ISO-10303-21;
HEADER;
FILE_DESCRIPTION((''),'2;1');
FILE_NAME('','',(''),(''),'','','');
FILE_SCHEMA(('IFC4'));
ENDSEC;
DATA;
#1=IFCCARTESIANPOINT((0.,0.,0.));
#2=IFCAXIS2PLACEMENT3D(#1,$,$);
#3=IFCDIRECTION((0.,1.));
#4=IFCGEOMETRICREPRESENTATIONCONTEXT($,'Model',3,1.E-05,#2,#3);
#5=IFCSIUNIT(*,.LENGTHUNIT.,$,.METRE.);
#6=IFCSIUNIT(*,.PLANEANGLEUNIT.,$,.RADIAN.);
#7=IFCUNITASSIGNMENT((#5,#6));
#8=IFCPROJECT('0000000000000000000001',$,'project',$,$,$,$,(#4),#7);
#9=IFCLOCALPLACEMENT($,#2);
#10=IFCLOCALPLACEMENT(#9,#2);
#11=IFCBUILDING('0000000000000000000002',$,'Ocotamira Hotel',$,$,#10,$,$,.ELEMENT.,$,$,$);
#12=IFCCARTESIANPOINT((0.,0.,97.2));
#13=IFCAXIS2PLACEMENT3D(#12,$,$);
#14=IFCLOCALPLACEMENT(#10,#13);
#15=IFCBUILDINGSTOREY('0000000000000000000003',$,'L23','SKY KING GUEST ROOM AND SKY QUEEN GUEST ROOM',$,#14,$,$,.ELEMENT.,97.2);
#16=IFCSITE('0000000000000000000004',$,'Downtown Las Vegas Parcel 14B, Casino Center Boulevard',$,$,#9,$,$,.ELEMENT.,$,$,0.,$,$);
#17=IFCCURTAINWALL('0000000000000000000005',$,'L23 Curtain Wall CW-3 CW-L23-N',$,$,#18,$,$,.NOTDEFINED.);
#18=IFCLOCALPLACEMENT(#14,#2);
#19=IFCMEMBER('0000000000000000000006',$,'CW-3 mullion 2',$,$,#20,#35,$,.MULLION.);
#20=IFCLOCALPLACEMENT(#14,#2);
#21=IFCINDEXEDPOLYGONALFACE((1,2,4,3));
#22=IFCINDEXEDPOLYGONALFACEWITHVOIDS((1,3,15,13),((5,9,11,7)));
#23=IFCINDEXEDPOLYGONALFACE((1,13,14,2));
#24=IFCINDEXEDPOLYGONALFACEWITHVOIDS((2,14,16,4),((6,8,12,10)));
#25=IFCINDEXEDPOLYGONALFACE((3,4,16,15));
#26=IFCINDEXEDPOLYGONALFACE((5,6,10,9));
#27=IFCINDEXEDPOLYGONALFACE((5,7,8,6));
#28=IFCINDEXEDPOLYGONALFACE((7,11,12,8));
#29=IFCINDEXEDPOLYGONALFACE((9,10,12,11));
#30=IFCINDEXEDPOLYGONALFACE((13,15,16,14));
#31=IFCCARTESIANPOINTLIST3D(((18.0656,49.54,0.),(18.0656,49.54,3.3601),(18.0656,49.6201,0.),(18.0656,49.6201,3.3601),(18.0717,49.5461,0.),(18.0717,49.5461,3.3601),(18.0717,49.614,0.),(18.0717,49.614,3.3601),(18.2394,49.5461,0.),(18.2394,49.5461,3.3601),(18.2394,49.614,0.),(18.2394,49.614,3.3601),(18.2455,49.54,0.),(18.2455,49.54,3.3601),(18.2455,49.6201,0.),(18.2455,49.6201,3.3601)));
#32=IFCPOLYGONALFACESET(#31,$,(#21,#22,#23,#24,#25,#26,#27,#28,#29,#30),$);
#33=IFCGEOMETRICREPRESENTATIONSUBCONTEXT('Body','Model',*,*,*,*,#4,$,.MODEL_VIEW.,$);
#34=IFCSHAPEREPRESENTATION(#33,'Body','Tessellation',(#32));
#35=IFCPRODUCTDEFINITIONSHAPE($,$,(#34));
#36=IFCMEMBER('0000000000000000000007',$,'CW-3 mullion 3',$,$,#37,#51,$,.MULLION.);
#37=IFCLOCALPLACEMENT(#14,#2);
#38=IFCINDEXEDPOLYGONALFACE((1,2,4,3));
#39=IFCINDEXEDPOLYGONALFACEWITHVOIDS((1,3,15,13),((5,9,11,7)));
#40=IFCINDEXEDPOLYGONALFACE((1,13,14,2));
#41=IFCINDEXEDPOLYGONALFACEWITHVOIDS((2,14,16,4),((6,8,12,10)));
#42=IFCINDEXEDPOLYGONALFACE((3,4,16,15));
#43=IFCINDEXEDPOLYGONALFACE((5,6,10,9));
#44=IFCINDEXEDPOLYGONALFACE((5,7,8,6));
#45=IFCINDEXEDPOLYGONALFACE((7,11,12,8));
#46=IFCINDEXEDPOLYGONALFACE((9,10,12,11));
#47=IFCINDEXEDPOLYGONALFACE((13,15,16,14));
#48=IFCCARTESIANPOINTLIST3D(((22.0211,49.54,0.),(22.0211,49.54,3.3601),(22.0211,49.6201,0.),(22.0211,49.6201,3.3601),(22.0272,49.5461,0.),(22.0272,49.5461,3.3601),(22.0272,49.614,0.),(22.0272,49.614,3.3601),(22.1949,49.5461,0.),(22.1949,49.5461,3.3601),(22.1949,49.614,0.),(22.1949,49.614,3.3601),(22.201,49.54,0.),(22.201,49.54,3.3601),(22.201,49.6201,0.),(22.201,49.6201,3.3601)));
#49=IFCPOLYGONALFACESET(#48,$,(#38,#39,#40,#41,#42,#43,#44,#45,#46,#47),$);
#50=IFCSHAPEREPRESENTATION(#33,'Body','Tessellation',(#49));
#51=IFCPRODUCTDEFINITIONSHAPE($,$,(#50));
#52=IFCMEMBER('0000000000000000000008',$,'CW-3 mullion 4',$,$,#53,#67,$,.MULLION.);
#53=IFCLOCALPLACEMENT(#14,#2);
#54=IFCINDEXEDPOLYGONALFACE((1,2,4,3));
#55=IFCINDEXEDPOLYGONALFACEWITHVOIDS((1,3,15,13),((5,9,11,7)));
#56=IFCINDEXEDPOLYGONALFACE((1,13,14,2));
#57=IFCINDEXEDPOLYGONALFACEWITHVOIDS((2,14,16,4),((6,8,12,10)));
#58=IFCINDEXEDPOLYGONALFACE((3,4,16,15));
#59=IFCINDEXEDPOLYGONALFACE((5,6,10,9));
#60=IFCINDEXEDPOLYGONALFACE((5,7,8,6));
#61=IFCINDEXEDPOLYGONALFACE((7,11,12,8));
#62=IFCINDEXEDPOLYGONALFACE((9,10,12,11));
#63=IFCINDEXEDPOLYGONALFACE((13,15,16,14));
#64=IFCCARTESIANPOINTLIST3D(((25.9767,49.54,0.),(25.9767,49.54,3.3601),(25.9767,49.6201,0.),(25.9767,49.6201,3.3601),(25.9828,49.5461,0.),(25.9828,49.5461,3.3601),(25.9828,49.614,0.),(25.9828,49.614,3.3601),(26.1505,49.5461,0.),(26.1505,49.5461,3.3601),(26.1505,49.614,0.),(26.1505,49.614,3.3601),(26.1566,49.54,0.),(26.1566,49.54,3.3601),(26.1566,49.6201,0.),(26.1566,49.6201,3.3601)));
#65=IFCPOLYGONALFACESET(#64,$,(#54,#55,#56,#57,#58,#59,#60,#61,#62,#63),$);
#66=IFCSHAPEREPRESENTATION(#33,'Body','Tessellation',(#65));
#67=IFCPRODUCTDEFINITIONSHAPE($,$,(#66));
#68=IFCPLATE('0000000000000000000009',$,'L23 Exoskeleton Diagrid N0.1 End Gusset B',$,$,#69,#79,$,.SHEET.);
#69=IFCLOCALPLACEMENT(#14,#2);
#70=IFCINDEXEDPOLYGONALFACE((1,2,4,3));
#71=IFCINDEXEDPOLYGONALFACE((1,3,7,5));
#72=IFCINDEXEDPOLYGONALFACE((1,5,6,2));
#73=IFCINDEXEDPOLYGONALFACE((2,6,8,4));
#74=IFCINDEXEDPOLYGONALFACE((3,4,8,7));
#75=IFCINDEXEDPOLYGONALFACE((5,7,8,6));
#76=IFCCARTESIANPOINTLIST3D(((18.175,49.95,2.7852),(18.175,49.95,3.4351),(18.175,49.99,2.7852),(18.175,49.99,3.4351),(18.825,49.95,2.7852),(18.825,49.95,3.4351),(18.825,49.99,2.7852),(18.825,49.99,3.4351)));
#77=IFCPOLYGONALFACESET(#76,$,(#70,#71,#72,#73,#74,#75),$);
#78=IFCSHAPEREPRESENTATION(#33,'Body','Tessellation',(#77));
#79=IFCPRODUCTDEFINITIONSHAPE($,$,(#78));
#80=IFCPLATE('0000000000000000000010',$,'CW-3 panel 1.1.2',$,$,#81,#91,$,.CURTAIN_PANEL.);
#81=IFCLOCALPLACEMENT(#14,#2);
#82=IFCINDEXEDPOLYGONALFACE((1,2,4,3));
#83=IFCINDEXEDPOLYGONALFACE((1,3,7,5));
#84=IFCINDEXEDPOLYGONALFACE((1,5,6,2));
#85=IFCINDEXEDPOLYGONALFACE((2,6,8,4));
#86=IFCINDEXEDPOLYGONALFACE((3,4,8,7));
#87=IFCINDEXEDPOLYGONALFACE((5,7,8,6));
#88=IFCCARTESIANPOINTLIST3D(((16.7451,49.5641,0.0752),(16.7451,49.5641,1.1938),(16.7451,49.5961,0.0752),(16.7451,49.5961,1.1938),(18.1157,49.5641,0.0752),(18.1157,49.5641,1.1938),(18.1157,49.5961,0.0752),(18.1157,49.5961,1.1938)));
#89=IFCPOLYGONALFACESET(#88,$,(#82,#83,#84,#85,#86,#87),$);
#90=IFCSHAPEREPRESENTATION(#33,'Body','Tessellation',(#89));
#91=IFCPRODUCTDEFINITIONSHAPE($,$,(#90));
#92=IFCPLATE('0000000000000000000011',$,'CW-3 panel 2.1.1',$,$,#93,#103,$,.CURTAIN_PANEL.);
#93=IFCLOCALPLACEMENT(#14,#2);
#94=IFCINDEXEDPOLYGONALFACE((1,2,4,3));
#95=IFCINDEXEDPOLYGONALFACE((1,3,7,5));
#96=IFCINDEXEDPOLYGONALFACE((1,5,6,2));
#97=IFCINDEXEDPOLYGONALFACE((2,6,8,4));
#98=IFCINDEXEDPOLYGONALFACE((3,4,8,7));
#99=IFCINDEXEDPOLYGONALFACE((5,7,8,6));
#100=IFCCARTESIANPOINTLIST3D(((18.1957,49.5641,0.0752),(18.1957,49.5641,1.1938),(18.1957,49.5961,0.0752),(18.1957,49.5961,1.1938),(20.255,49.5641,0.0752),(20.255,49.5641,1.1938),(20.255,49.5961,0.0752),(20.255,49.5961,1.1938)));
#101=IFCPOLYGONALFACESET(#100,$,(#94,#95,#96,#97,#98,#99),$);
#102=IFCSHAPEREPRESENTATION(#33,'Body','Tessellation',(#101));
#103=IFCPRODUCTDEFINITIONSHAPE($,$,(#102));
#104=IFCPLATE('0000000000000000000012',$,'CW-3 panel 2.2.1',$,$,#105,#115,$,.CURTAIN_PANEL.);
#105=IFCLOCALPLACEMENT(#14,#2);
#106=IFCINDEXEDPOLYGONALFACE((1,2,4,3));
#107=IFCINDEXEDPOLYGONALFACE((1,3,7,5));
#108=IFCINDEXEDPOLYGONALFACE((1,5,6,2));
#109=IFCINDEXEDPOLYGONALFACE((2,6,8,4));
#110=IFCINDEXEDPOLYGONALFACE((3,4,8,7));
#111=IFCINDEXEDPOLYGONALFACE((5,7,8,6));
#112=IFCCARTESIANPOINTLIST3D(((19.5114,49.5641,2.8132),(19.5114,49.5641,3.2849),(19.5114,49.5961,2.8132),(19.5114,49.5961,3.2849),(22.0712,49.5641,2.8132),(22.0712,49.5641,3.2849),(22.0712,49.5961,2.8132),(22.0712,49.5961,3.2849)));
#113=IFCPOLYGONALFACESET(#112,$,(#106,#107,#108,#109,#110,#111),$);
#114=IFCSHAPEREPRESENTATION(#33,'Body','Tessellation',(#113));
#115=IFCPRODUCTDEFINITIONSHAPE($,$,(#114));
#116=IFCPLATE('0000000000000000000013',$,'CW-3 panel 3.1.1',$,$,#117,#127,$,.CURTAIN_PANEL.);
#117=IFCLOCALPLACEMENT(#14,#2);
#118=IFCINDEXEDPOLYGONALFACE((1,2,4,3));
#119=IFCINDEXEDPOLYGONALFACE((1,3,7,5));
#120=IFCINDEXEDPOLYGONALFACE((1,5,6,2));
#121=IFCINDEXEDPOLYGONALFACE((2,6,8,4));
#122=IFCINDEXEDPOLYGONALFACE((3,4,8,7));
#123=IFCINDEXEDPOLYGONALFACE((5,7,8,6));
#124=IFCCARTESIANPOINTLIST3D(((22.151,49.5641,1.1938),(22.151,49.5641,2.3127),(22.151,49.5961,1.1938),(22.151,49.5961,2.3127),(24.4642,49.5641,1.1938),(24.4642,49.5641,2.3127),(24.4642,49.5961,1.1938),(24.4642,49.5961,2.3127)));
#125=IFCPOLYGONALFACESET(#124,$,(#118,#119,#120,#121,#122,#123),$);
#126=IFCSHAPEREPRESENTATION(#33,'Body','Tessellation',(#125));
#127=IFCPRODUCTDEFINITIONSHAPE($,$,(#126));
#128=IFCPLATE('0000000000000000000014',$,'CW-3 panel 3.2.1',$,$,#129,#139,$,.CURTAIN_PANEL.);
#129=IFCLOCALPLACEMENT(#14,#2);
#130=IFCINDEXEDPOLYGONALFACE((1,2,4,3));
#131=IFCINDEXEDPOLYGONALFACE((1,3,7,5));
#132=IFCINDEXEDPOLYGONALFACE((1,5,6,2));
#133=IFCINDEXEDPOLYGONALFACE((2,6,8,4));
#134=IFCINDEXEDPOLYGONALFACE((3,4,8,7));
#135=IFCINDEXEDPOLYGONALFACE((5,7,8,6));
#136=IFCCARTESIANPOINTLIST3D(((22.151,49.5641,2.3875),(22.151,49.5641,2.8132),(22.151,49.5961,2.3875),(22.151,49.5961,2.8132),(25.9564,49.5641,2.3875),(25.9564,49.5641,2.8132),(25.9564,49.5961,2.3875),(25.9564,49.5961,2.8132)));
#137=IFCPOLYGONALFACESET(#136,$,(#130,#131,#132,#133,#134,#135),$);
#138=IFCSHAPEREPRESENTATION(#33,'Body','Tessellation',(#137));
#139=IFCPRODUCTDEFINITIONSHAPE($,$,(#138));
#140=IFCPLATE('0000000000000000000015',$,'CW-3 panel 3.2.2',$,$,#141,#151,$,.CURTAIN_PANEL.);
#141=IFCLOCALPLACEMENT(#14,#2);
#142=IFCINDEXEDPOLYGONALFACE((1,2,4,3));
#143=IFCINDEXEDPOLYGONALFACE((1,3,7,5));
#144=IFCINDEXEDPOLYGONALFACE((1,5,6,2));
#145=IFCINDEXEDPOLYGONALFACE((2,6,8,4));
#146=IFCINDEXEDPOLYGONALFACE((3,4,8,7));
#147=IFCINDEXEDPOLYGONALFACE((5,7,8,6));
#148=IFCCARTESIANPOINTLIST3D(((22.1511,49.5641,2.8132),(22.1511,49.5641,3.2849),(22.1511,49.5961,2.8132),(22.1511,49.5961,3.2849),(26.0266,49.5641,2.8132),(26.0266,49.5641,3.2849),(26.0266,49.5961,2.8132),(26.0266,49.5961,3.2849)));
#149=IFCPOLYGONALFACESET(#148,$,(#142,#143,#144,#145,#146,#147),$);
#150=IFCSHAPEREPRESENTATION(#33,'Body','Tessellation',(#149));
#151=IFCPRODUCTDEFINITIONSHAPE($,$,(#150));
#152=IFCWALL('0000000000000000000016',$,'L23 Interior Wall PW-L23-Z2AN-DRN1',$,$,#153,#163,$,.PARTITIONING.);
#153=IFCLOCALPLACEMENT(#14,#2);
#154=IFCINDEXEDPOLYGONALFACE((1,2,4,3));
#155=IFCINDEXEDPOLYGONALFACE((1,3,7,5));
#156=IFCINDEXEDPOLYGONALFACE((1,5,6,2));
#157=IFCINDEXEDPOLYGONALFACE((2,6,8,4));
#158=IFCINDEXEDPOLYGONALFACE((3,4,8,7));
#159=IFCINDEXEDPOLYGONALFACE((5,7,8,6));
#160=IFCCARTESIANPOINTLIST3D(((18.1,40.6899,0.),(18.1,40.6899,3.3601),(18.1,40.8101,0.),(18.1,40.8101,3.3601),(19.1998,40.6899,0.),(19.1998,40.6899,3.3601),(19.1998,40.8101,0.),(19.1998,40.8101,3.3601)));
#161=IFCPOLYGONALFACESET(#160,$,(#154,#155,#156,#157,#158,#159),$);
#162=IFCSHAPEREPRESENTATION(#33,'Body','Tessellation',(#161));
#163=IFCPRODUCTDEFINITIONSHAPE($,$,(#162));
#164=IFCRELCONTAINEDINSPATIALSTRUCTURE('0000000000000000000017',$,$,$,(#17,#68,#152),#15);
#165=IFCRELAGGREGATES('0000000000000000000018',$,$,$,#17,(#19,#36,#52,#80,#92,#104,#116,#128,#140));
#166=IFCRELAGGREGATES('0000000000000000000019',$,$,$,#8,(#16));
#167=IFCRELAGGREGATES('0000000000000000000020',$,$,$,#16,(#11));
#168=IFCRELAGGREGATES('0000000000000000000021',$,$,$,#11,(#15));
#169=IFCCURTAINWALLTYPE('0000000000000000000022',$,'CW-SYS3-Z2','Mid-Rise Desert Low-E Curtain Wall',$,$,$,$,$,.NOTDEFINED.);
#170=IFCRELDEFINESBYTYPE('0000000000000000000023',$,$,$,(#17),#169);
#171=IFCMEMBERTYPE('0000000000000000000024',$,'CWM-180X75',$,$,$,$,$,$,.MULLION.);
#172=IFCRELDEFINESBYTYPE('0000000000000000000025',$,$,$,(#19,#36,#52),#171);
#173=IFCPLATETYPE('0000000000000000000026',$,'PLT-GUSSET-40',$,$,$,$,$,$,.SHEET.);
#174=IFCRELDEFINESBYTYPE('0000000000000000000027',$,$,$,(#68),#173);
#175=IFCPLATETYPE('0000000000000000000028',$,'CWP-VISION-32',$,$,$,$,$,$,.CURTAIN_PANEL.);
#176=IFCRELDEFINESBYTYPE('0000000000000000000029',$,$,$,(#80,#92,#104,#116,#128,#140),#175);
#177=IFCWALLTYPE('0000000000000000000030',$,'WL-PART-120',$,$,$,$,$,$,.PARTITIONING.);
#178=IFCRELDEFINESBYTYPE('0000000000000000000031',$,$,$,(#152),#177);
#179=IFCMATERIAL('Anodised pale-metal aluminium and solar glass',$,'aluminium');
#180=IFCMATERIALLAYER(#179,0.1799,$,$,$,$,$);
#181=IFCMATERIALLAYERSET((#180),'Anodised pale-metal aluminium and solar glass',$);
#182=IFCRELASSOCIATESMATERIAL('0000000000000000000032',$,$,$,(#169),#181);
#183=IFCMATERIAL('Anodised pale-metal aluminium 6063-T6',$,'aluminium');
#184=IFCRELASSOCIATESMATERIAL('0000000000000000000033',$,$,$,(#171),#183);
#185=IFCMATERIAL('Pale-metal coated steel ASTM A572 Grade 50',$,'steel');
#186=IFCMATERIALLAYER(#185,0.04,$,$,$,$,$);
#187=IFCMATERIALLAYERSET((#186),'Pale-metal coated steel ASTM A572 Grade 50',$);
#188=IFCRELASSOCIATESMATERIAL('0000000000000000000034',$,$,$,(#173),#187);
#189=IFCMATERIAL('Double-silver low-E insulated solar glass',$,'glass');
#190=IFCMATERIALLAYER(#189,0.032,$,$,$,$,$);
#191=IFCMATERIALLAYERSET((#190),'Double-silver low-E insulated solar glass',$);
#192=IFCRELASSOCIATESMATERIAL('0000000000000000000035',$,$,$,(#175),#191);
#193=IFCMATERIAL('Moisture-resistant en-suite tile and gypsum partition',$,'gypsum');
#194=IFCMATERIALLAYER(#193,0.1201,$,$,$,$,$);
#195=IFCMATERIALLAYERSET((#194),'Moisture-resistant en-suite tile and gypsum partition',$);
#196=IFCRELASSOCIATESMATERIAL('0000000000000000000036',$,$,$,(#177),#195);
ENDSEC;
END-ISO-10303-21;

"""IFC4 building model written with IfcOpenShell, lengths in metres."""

from ifc_helpers import new_model, si_unit, direction, frame, frame_2d, origin, origin_2d, place, context, subcontext, project, spatial, rectangle, hollow_rectangle, extrude, source, transform, mapped, material, layer, layer_set, material_profile, profile_set, type_object, element, aggregate, save


model = new_model("IFC4")

# Units and contexts
model_context = context("Model", 3, precision=1e-05, world=origin(), true_north=direction((0.0, 1.0)))
body_context = subcontext(model_context, "Body", "Model", "MODEL_VIEW")
ifc_project = project(units=[si_unit("LENGTHUNIT", "METRE"), si_unit("PLANEANGLEUNIT", "RADIAN")], contexts=[model_context])

# Site, building, storey
site_placement = place(None, origin())
site = spatial("IfcSite", under=ifc_project, at=site_placement, Name="Downtown Las Vegas Parcel 14B, Casino Center Boulevard", CompositionType="ELEMENT", RefElevation=0.0)
building_placement = place(site_placement, origin())
building = spatial("IfcBuilding", under=site, at=building_placement, Name="Ocotamira Hotel", CompositionType="ELEMENT")
storey_placement = place(building_placement, frame((0.0, 0.0, 97.2)))
storey = spatial("IfcBuildingStorey", under=building, at=storey_placement, Name="L23", Description="SKY KING GUEST ROOM AND SKY QUEEN GUEST ROOM", CompositionType="ELEMENT", Elevation=97.2)

# Curtain wall, members
ifc_material_1 = material(Name="Anodised pale-metal aluminium and solar glass", Category="aluminium")
ifc_layer_1 = layer(ifc_material_1, 0.1799)
ifc_layer_set_1 = layer_set([ifc_layer_1], Name="Anodised pale-metal aluminium and solar glass")
curtain_wall_type = type_object("IfcCurtainWallType", Name="CW-SYS3-Z2", Description="Mid-Rise Desert Low-E Curtain Wall", PredefinedType="NOTDEFINED", material=ifc_layer_set_1)
curtain_wall_placement = place(storey_placement, origin())
curtain_wall = element("IfcCurtainWall", 1, at=curtain_wall_placement, inside=storey, type_object=curtain_wall_type, Name="L23 Curtain Wall CW-3 CW-L23-N", PredefinedType="NOTDEFINED")
ifc_material_2 = material(Name="Anodised pale-metal aluminium 6063-T6", Category="aluminium")
ifc_material_profile_1 = material_profile(ifc_material_2, hollow_rectangle(XDim=0.0801, YDim=0.1799, WallThickness=0.0061, at=origin_2d()), Name="HSS180X80X6")
ifc_profile_set_1 = profile_set([ifc_material_profile_1], Name="Anodised pale-metal aluminium 6063-T6")
member_type_1 = type_object("IfcMemberType", Name="CWM-180X75", PredefinedType="MULLION", material=ifc_profile_set_1)
shared_shape_1 = source(origin(), body_context, "Body", "SweptSolid", [
    extrude(hollow_rectangle(XDim=0.0801, YDim=0.1799, WallThickness=0.0061, at=origin_2d()), origin(), (0.0, 0.0, 1.0), 3.3601),
])
member_1_placement = place(storey_placement, frame((18.1555, 49.5801, 0.0), z_axis=(0.0, 0.0, 1.0), x_axis=(0.0, 1.0, 0.0)))
member_1 = element("IfcMember", 2, at=member_1_placement, type_object=member_type_1, Name="CW-3 mullion 2", PredefinedType="MULLION", context=body_context, shape_type="MappedRepresentation", body=[
    mapped(shared_shape_1, transform((0.0, 0.0, 0.0), scale=1.0)),
])
member_2_placement = place(storey_placement, frame((22.1111, 49.5801, 0.0), z_axis=(0.0, 0.0, 1.0), x_axis=(0.0, 1.0, 0.0)))
member_2 = element("IfcMember", 3, at=member_2_placement, type_object=member_type_1, Name="CW-3 mullion 3", PredefinedType="MULLION", context=body_context, shape_type="MappedRepresentation", body=[
    mapped(shared_shape_1, transform((0.0, 0.0, 0.0), scale=1.0)),
])
member_3_placement = place(storey_placement, frame((26.0667, 49.5801, 0.0), z_axis=(0.0, 0.0, 1.0), x_axis=(0.0, 1.0, 0.0)))
member_3 = element("IfcMember", 4, at=member_3_placement, type_object=member_type_1, Name="CW-3 mullion 4", PredefinedType="MULLION", context=body_context, shape_type="MappedRepresentation", body=[
    mapped(shared_shape_1, transform((0.0, 0.0, 0.0), scale=1.0)),
])

# Plates
ifc_material_3 = material(Name="Pale-metal coated steel ASTM A572 Grade 50", Category="steel")
ifc_layer_2 = layer(ifc_material_3, 0.04)
ifc_layer_set_2 = layer_set([ifc_layer_2], Name="Pale-metal coated steel ASTM A572 Grade 50")
plate_type_1 = type_object("IfcPlateType", Name="PLT-GUSSET-40", PredefinedType="SHEET", material=ifc_layer_set_2)
shared_shape_2 = source(origin(), body_context, "Body", "SweptSolid", [
    extrude(rectangle(XDim=0.6499, YDim=0.04, at=origin_2d()), origin(), (0.0, 0.0, 1.0), 0.6499),
])
plate_1_placement = place(storey_placement, frame((18.5, 49.97, 2.7852), z_axis=(0.0, 0.0, 1.0), x_axis=(1.0, 0.0, 0.0)))
element("IfcPlate", 5, at=plate_1_placement, inside=storey, type_object=plate_type_1, Name="L23 Exoskeleton Diagrid N0.1 End Gusset B", PredefinedType="SHEET", context=body_context, shape_type="MappedRepresentation", body=[
    mapped(shared_shape_2, transform((0.0, 0.0, 0.0), scale=1.0)),
])
ifc_material_4 = material(Name="Double-silver low-E insulated solar glass", Category="glass")
ifc_layer_3 = layer(ifc_material_4, 0.032)
ifc_layer_set_3 = layer_set([ifc_layer_3], Name="Double-silver low-E insulated solar glass")
plate_type_2 = type_object("IfcPlateType", Name="CWP-VISION-32", PredefinedType="CURTAIN_PANEL", material=ifc_layer_set_3)
shared_shape_3 = source(origin(), body_context, "Body", "SweptSolid", [
    extrude(rectangle(XDim=1.3706, YDim=0.032, at=origin_2d()), origin(), (0.0, 0.0, 1.0), 1.1187),
])
plate_2_placement = place(storey_placement, frame((17.4304, 49.5801, 0.0752), z_axis=(0.0, 0.0, 1.0), x_axis=(1.0, 0.0, 0.0)))
plate_2 = element("IfcPlate", 6, at=plate_2_placement, type_object=plate_type_2, Name="CW-3 panel 1.1.2", PredefinedType="CURTAIN_PANEL", context=body_context, shape_type="MappedRepresentation", body=[
    mapped(shared_shape_3, transform((0.0, 0.0, 0.0), scale=1.0)),
])
shared_shape_4 = source(origin(), body_context, "Body", "SweptSolid", [
    extrude(rectangle(XDim=2.0593, YDim=0.032, at=origin_2d()), origin(), (0.0, 0.0, 1.0), 1.1187),
])
plate_3_placement = place(storey_placement, frame((19.2253, 49.5801, 0.0752), z_axis=(0.0, 0.0, 1.0), x_axis=(1.0, 0.0, 0.0)))
plate_3 = element("IfcPlate", 7, at=plate_3_placement, type_object=plate_type_2, Name="CW-3 panel 2.1.1", PredefinedType="CURTAIN_PANEL", context=body_context, shape_type="MappedRepresentation", body=[
    mapped(shared_shape_4, transform((0.0, 0.0, 0.0), scale=1.0)),
])
shared_shape_5 = source(origin(), body_context, "Body", "SweptSolid", [
    extrude(rectangle(XDim=2.5598, YDim=0.032, at=origin_2d()), origin(), (0.0, 0.0, 1.0), 0.4717),
])
plate_4_placement = place(storey_placement, frame((20.7913, 49.5801, 2.8132), z_axis=(0.0, 0.0, 1.0), x_axis=(1.0, 0.0, 0.0)))
plate_4 = element("IfcPlate", 8, at=plate_4_placement, type_object=plate_type_2, Name="CW-3 panel 2.2.1", PredefinedType="CURTAIN_PANEL", context=body_context, shape_type="MappedRepresentation", body=[
    mapped(shared_shape_5, transform((0.0, 0.0, 0.0), scale=1.0)),
])
shared_shape_6 = source(origin(), body_context, "Body", "SweptSolid", [
    extrude(rectangle(XDim=2.3132, YDim=0.032, at=origin_2d()), origin(), (0.0, 0.0, 1.0), 1.1189),
])
plate_5_placement = place(storey_placement, frame((23.3076, 49.5801, 1.1938), z_axis=(0.0, 0.0, 1.0), x_axis=(1.0, 0.0, 0.0)))
plate_5 = element("IfcPlate", 9, at=plate_5_placement, type_object=plate_type_2, Name="CW-3 panel 3.1.1", PredefinedType="CURTAIN_PANEL", context=body_context, shape_type="MappedRepresentation", body=[
    mapped(shared_shape_6, transform((0.0, 0.0, 0.0), scale=1.0)),
])
shared_shape_7 = source(origin(), body_context, "Body", "SweptSolid", [
    extrude(rectangle(XDim=3.8054, YDim=0.032, at=origin_2d()), origin(), (0.0, 0.0, 1.0), 0.4258),
])
plate_6_placement = place(storey_placement, frame((24.0537, 49.5801, 2.3875), z_axis=(0.0, 0.0, 1.0), x_axis=(1.0, 0.0, 0.0)))
plate_6 = element("IfcPlate", 10, at=plate_6_placement, type_object=plate_type_2, Name="CW-3 panel 3.2.1", PredefinedType="CURTAIN_PANEL", context=body_context, shape_type="MappedRepresentation", body=[
    mapped(shared_shape_7, transform((0.0, 0.0, 0.0), scale=1.0)),
])
shared_shape_8 = source(origin(), body_context, "Body", "SweptSolid", [
    extrude(rectangle(XDim=3.8755, YDim=0.032, at=origin_2d()), origin(), (0.0, 0.0, 1.0), 0.4717),
])
plate_7_placement = place(storey_placement, frame((24.0889, 49.5801, 2.8132), z_axis=(0.0, 0.0, 1.0), x_axis=(1.0, 0.0, 0.0)))
plate_7 = element("IfcPlate", 11, at=plate_7_placement, type_object=plate_type_2, Name="CW-3 panel 3.2.2", PredefinedType="CURTAIN_PANEL", context=body_context, shape_type="MappedRepresentation", body=[
    mapped(shared_shape_8, transform((0.0, 0.0, 0.0), scale=1.0)),
])
aggregate(curtain_wall, [member_1, member_2, member_3, plate_2, plate_3, plate_4, plate_5, plate_6, plate_7])

# Wall
ifc_material_5 = material(Name="Moisture-resistant en-suite tile and gypsum partition", Category="gypsum")
ifc_layer_4 = layer(ifc_material_5, 0.1201)
ifc_layer_set_4 = layer_set([ifc_layer_4], Name="Moisture-resistant en-suite tile and gypsum partition")
wall_type_1 = type_object("IfcWallType", Name="WL-PART-120", PredefinedType="PARTITIONING", material=ifc_layer_set_4)
wall_1_placement = place(storey_placement, frame((18.1001, 40.75, 0.0), z_axis=(0.0, 0.0, 1.0), x_axis=(1.0, 0.0, 0.0)))
element("IfcWall", 12, at=wall_1_placement, inside=storey, type_object=wall_type_1, Name="L23 Interior Wall PW-L23-Z2AN-DRN1", PredefinedType="PARTITIONING", context=body_context, shape_type="SweptSolid", body=[
    extrude(rectangle(XDim=1.0999, YDim=0.1201, at=frame_2d((0.5498, 0.0))), origin(), (0.0, 0.0, 1.0), 3.3601),
])

save(model, "model.ifc")
